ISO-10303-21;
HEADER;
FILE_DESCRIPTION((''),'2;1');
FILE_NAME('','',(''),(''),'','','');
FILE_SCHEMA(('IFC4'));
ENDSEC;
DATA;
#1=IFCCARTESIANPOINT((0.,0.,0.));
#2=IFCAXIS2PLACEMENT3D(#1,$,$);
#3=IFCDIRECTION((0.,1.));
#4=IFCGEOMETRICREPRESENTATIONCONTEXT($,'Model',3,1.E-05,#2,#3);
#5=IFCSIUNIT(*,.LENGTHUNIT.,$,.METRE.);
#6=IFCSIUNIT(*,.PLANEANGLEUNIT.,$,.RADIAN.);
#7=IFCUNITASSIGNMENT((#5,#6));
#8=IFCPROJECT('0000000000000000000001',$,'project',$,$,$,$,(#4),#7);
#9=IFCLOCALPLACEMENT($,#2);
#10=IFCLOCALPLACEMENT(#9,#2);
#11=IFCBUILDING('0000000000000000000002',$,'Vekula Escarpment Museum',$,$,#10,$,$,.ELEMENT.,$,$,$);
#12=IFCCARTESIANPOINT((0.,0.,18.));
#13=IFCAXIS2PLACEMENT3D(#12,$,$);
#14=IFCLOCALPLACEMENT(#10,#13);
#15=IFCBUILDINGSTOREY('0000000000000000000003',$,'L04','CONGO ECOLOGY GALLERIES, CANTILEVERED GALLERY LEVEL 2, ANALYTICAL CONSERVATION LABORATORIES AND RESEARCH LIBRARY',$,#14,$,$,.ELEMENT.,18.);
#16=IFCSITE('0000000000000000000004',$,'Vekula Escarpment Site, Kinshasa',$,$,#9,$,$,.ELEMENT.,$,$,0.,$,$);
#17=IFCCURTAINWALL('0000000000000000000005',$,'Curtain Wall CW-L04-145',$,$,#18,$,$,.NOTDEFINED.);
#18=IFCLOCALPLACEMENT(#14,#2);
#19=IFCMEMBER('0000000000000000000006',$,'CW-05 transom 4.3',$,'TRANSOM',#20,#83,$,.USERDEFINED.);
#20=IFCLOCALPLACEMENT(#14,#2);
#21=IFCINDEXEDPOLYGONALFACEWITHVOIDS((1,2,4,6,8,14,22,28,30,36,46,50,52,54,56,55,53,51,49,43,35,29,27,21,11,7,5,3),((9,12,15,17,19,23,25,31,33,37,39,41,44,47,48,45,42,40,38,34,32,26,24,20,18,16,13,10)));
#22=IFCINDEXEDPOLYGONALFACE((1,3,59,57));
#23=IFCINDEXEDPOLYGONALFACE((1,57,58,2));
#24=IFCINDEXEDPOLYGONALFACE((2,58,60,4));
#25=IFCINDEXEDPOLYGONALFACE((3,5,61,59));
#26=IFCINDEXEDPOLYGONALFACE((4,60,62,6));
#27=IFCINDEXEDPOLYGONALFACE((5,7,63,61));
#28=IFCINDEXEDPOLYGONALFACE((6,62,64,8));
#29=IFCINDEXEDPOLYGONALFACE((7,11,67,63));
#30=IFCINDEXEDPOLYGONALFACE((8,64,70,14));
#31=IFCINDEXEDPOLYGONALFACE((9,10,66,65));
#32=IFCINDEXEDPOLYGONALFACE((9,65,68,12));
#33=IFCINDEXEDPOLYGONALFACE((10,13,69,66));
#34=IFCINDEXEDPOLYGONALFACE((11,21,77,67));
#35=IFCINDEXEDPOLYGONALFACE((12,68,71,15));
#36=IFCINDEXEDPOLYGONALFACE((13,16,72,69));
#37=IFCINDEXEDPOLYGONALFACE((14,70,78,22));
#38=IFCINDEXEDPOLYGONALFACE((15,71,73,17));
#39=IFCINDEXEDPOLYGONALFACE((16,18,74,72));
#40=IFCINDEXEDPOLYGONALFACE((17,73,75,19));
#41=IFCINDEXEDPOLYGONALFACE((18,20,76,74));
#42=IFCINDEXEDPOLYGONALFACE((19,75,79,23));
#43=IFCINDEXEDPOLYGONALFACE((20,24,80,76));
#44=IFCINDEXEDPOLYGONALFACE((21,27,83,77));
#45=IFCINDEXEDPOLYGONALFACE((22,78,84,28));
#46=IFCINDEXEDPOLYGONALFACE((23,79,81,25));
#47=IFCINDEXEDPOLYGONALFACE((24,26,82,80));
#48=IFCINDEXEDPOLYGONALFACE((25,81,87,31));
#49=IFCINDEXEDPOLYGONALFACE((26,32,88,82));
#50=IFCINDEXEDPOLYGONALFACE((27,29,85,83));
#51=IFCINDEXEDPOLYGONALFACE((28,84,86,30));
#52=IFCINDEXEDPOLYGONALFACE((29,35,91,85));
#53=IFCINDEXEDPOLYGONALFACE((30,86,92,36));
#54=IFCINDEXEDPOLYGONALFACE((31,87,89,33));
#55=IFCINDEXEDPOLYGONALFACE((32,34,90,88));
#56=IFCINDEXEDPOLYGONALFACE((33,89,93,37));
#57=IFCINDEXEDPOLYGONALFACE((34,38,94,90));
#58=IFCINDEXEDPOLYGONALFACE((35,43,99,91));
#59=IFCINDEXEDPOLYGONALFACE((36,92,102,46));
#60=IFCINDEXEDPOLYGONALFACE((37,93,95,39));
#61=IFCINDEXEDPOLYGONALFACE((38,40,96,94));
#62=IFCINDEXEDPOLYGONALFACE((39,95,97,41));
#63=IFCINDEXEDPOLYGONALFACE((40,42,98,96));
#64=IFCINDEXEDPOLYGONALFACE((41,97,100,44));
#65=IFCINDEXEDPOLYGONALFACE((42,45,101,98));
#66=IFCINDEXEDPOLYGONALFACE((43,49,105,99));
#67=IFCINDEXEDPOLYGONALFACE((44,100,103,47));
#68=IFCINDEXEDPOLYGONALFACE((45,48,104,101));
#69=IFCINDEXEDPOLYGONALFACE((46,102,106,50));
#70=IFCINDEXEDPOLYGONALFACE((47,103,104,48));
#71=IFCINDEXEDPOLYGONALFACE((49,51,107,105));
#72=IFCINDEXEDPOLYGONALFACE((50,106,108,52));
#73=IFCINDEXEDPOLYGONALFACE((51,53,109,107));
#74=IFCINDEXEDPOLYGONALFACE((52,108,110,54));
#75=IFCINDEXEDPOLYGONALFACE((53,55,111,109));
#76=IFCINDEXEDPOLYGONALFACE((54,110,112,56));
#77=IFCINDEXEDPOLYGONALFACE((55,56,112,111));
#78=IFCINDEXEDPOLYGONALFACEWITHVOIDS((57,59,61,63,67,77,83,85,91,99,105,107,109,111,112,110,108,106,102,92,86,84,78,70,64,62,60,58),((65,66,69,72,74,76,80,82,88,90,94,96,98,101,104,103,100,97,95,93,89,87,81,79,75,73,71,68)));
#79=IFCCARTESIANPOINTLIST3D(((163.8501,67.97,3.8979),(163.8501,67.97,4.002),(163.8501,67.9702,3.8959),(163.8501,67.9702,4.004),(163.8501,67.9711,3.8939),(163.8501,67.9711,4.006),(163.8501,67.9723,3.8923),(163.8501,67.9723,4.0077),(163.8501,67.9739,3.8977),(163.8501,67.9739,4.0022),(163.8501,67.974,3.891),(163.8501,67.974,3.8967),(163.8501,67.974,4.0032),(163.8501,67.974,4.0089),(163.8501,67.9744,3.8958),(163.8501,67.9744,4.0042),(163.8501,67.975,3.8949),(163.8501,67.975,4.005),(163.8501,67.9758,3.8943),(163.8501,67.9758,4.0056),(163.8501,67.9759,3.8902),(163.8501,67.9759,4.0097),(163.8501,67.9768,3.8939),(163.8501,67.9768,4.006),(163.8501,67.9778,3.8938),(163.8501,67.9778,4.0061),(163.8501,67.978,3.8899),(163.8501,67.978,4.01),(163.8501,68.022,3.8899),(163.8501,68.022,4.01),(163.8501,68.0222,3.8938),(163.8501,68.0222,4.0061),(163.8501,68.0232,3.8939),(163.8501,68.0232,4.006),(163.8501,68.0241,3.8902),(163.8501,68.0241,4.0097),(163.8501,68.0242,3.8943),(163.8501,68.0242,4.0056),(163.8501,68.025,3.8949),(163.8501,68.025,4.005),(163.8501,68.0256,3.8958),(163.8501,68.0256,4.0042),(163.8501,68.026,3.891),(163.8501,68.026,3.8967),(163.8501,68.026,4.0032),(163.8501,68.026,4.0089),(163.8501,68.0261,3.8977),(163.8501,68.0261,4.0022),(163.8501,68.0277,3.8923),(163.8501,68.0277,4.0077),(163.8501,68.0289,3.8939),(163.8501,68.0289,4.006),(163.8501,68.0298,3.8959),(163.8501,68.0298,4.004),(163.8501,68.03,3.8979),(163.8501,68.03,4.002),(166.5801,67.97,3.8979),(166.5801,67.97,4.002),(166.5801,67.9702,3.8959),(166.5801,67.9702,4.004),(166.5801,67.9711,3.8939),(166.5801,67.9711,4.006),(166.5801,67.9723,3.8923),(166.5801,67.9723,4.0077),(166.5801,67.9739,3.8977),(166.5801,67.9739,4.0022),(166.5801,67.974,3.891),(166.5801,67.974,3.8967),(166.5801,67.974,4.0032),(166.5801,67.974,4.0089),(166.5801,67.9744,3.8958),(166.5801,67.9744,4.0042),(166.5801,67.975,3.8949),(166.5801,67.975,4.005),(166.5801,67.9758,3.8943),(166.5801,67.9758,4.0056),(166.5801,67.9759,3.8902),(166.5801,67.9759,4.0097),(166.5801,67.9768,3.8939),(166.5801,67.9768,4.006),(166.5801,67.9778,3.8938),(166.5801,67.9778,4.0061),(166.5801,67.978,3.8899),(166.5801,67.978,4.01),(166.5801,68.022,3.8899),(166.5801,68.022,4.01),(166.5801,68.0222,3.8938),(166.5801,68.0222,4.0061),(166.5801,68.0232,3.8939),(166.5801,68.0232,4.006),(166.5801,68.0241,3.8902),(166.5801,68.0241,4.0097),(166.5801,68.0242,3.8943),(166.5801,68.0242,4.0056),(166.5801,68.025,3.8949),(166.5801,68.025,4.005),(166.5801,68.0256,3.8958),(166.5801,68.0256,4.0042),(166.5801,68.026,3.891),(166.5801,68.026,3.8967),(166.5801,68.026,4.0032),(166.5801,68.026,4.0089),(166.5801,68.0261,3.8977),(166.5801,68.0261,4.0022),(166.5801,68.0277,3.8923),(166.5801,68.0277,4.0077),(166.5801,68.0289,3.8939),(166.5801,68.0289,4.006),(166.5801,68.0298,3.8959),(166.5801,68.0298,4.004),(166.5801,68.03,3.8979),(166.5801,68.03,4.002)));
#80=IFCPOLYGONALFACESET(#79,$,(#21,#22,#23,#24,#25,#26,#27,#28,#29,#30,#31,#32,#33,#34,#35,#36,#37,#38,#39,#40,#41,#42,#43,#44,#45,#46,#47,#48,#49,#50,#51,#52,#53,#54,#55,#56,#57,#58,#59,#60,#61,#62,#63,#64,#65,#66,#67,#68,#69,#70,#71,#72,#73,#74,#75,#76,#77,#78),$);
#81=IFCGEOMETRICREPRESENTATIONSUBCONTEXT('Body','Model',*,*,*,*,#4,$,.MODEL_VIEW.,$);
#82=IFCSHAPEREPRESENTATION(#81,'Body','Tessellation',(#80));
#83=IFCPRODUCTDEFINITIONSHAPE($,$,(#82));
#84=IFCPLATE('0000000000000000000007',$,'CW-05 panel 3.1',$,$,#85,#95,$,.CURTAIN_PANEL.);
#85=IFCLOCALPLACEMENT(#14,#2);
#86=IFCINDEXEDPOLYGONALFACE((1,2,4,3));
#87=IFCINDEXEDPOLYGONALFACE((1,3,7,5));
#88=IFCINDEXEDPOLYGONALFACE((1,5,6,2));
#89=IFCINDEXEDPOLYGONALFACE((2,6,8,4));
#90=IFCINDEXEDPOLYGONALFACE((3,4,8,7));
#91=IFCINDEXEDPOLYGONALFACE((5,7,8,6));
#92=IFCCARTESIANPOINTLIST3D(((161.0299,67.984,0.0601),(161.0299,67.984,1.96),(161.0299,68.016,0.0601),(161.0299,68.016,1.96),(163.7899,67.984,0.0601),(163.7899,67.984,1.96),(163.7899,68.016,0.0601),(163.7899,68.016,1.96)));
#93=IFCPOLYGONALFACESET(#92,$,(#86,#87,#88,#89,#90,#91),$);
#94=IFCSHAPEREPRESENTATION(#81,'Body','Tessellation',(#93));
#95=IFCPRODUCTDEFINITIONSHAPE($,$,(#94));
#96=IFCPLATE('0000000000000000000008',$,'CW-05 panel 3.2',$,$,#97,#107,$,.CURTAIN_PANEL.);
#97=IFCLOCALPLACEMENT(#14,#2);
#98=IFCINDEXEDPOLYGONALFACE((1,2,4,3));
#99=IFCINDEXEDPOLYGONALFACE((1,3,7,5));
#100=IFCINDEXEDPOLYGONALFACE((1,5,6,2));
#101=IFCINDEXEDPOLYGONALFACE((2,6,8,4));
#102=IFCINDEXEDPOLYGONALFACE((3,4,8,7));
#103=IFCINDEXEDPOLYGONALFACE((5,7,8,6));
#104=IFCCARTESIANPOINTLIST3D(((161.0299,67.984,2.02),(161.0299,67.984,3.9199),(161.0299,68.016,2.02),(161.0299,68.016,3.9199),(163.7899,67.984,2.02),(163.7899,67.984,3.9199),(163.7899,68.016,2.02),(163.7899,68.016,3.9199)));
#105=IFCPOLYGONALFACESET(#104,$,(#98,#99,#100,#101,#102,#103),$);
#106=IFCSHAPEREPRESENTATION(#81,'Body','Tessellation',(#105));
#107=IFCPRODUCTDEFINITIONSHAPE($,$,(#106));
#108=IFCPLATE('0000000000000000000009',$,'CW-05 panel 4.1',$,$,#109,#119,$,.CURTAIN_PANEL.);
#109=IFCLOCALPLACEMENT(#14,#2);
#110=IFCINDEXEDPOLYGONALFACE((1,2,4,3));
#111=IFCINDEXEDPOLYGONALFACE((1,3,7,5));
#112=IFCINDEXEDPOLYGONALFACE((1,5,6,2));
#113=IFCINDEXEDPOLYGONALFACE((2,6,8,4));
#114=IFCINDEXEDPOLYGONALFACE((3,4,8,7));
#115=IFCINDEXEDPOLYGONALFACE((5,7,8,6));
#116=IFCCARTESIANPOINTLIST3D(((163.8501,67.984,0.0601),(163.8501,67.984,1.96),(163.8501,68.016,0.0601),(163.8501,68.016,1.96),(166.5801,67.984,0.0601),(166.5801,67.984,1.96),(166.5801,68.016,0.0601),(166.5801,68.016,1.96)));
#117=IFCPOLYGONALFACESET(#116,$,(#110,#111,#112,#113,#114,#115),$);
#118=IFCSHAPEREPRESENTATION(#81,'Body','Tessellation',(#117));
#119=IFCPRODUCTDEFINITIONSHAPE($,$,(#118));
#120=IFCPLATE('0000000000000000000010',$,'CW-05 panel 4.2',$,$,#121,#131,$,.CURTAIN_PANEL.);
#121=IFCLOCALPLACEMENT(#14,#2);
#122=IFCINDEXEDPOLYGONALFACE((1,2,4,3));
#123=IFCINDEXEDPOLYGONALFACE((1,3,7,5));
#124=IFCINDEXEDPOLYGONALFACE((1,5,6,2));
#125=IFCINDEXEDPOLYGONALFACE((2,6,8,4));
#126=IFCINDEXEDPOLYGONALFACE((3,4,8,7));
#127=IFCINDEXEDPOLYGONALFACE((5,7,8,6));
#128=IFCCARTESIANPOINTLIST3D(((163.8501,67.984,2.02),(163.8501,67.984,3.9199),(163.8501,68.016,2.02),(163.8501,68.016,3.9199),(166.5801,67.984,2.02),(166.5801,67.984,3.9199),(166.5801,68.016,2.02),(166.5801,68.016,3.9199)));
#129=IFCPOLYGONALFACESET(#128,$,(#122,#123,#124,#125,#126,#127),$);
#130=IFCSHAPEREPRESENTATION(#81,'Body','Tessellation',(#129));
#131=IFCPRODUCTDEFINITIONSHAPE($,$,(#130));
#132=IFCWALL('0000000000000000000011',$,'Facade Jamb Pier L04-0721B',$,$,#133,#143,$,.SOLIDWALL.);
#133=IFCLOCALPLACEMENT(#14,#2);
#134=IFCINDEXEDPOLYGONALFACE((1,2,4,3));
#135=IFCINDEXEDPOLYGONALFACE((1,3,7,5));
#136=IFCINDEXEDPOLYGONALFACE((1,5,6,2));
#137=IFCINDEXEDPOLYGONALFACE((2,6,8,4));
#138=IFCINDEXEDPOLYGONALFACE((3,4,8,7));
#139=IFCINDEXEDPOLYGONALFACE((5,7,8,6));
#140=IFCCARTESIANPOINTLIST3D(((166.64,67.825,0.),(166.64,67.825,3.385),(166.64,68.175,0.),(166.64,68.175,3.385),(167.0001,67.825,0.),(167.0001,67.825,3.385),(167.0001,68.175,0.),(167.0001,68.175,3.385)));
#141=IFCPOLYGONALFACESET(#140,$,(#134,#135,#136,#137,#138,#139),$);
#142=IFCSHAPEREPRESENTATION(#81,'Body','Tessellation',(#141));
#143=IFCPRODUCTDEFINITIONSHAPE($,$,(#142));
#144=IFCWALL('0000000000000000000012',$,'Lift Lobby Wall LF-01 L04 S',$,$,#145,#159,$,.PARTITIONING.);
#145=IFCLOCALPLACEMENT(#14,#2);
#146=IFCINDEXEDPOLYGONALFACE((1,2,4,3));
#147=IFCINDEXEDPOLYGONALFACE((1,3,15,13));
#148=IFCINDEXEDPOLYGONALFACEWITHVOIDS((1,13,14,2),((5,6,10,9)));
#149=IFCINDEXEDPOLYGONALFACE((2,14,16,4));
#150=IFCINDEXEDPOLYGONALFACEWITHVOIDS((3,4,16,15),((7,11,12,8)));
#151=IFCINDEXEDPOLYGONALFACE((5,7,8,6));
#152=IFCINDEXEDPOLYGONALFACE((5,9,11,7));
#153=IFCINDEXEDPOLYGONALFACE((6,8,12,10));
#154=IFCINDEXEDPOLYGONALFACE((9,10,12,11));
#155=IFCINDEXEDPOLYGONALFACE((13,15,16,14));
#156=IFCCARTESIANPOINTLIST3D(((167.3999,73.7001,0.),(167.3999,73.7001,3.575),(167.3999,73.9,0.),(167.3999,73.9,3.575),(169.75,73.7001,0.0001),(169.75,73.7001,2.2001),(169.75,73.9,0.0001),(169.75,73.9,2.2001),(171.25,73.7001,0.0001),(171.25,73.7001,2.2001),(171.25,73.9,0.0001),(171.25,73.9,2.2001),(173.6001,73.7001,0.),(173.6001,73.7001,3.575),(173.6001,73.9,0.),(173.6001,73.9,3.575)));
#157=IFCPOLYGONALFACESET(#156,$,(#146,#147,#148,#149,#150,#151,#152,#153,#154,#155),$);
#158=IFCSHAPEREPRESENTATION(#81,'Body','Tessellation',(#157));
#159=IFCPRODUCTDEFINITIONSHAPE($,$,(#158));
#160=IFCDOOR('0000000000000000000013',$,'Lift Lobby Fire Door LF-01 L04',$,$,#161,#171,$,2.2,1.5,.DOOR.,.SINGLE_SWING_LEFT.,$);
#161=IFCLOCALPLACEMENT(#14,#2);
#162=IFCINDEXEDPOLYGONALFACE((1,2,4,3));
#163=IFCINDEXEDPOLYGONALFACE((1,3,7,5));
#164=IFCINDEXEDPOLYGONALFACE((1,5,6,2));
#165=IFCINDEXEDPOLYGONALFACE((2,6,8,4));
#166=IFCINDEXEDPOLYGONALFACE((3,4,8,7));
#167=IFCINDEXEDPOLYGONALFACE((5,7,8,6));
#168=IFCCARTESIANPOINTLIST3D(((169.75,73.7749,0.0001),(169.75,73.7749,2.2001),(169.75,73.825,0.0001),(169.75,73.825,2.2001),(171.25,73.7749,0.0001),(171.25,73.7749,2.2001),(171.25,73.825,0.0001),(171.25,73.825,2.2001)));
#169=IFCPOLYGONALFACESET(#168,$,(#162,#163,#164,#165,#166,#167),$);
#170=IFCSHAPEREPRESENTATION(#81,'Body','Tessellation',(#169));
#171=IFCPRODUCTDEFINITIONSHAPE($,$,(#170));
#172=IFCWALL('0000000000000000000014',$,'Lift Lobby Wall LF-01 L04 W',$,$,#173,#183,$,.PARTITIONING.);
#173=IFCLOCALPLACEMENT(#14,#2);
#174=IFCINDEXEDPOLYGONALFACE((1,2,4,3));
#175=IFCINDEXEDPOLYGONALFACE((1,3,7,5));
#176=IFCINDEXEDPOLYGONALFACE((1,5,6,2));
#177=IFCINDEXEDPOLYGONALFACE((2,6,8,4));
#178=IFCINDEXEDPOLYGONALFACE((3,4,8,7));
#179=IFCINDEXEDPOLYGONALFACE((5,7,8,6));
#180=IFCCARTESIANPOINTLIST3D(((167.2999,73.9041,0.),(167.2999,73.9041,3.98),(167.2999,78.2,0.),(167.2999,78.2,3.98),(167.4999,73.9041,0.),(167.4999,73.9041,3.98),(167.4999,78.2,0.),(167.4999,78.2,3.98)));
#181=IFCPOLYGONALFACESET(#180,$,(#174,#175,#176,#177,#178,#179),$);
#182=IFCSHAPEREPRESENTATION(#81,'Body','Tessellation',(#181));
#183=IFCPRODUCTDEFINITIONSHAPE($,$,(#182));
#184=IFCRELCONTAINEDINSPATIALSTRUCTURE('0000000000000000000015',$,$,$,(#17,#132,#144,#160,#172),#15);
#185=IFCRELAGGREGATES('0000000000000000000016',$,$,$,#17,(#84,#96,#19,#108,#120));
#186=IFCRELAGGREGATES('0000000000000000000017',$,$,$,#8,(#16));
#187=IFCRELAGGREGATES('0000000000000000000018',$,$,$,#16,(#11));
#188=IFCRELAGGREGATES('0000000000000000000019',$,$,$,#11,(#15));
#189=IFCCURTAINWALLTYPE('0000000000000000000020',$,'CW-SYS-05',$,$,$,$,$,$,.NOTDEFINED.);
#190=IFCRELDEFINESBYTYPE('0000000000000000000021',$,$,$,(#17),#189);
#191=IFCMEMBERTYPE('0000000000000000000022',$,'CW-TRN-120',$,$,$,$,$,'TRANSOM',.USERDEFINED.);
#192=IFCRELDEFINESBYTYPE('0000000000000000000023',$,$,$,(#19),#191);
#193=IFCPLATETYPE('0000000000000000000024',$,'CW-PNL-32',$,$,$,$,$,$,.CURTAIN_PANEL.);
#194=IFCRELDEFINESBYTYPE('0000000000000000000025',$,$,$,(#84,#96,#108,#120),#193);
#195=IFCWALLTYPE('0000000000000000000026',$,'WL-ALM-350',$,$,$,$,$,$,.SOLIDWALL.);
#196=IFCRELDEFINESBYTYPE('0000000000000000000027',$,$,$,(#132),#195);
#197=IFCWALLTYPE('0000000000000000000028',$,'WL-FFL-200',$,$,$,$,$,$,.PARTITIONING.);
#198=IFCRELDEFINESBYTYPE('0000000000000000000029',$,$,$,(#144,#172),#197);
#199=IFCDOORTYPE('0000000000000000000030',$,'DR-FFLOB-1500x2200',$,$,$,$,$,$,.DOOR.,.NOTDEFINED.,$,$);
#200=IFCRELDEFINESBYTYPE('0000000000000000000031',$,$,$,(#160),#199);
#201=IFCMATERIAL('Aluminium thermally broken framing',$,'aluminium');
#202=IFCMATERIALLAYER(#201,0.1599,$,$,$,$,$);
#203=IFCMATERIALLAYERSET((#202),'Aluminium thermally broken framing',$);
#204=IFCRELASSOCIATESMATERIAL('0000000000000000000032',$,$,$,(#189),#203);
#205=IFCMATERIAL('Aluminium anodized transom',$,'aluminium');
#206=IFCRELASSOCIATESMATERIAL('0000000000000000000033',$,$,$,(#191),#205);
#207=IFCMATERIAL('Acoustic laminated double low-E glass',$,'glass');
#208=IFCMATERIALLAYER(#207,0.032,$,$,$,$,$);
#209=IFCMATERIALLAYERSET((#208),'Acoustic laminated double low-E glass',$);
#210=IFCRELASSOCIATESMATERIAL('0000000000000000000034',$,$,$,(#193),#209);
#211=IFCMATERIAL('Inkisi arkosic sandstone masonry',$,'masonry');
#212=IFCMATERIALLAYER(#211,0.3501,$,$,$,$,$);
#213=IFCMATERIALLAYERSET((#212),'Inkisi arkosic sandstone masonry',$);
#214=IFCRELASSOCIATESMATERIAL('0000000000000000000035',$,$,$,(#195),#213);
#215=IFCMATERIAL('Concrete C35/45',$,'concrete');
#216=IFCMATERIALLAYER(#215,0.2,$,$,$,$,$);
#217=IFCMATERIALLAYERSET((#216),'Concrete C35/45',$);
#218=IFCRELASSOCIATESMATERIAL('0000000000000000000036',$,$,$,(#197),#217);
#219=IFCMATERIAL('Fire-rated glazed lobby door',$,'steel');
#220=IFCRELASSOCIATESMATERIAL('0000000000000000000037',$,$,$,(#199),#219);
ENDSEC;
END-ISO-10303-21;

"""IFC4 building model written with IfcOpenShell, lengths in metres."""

from ifc_helpers import new_model, si_unit, direction, frame, frame_2d, origin, origin_2d, place, context, subcontext, project, spatial, rectangle, hollow_rectangle, extrude, material, layer, layer_set, material_profile, profile_set, type_object, element, fill, aggregate, save


model = new_model("IFC4")

# Units and contexts
model_context = context("Model", 3, precision=1e-05, world=origin(), true_north=direction((0.0, 1.0)))
body_context = subcontext(model_context, "Body", "Model", "MODEL_VIEW")
ifc_project = project(units=[si_unit("LENGTHUNIT", "METRE"), si_unit("PLANEANGLEUNIT", "RADIAN")], contexts=[model_context])

# Site, building, storey
site_placement = place(None, origin())
site = spatial("IfcSite", under=ifc_project, at=site_placement, Name="Vekula Escarpment Site, Kinshasa", CompositionType="ELEMENT", RefElevation=0.0)
building_placement = place(site_placement, origin())
building = spatial("IfcBuilding", under=site, at=building_placement, Name="Vekula Escarpment Museum", CompositionType="ELEMENT")
storey_placement = place(building_placement, frame((0.0, 0.0, 18.0)))
storey = spatial("IfcBuildingStorey", under=building, at=storey_placement, Name="L04", Description="CONGO ECOLOGY GALLERIES, CANTILEVERED GALLERY LEVEL 2, ANALYTICAL CONSERVATION LABORATORIES AND RESEARCH LIBRARY", CompositionType="ELEMENT", Elevation=18.0)

# Curtain wall, member, plates
ifc_material_1 = material(Name="Aluminium thermally broken framing", Category="aluminium")
ifc_layer_1 = layer(ifc_material_1, 0.1599)
ifc_layer_set_1 = layer_set([ifc_layer_1], Name="Aluminium thermally broken framing")
curtain_wall_type = type_object("IfcCurtainWallType", Name="CW-SYS-05", PredefinedType="NOTDEFINED", material=ifc_layer_set_1)
curtain_wall_placement = place(storey_placement, origin())
curtain_wall = element("IfcCurtainWall", 1, at=curtain_wall_placement, inside=storey, type_object=curtain_wall_type, Name="Curtain Wall CW-L04-145", PredefinedType="NOTDEFINED")
ifc_material_2 = material(Name="Aluminium anodized transom", Category="aluminium")
ifc_material_profile_1 = material_profile(ifc_material_2, hollow_rectangle(XDim=0.0601, YDim=0.1201, WallThickness=0.0039, InnerFilletRadius=0.0039, OuterFilletRadius=0.0081, at=origin_2d()), Name="ALU 120x60x4")
ifc_profile_set_1 = profile_set([ifc_material_profile_1], Name="Aluminium anodized transom")
member_type_1 = type_object("IfcMemberType", Name="CW-TRN-120", ElementType="TRANSOM", PredefinedType="USERDEFINED", material=ifc_profile_set_1)
member_1_placement = place(storey_placement, frame((163.8501, 68.0, 3.95), z_axis=(1.0, 0.0, 0.0), x_axis=(0.0, 1.0, 0.0)))
member_1 = element("IfcMember", 2, at=member_1_placement, type_object=member_type_1, Name="CW-05 transom 4.3", ObjectType="TRANSOM", PredefinedType="USERDEFINED", context=body_context, shape_type="SweptSolid", body=[
    extrude(hollow_rectangle(XDim=0.0601, YDim=0.1201, WallThickness=0.0039, InnerFilletRadius=0.0039, OuterFilletRadius=0.0081, at=origin_2d()), origin(), (0.0, 0.0, 1.0), 2.73),
])
ifc_material_3 = material(Name="Acoustic laminated double low-E glass", Category="glass")
ifc_layer_2 = layer(ifc_material_3, 0.032)
ifc_layer_set_2 = layer_set([ifc_layer_2], Name="Acoustic laminated double low-E glass")
plate_type = type_object("IfcPlateType", Name="CW-PNL-32", PredefinedType="CURTAIN_PANEL", material=ifc_layer_set_2)
plate_1_placement = place(storey_placement, frame((162.4099, 68.0, 0.0601), z_axis=(0.0, 0.0, 1.0), x_axis=(1.0, 0.0, 0.0)))
plate_1 = element("IfcPlate", 3, at=plate_1_placement, type_object=plate_type, Name="CW-05 panel 3.1", PredefinedType="CURTAIN_PANEL", context=body_context, shape_type="SweptSolid", body=[
    extrude(rectangle(XDim=2.76, YDim=0.032, at=origin_2d()), origin(), (0.0, 0.0, 1.0), 1.8999),
])
plate_2_placement = place(storey_placement, frame((162.4099, 68.0, 2.02), z_axis=(0.0, 0.0, 1.0), x_axis=(1.0, 0.0, 0.0)))
plate_2 = element("IfcPlate", 4, at=plate_2_placement, type_object=plate_type, Name="CW-05 panel 3.2", PredefinedType="CURTAIN_PANEL", context=body_context, shape_type="SweptSolid", body=[
    extrude(rectangle(XDim=2.76, YDim=0.032, at=origin_2d()), origin(), (0.0, 0.0, 1.0), 1.8999),
])
plate_3_placement = place(storey_placement, frame((165.2151, 68.0, 0.0601), z_axis=(0.0, 0.0, 1.0), x_axis=(1.0, 0.0, 0.0)))
plate_3 = element("IfcPlate", 5, at=plate_3_placement, type_object=plate_type, Name="CW-05 panel 4.1", PredefinedType="CURTAIN_PANEL", context=body_context, shape_type="SweptSolid", body=[
    extrude(rectangle(XDim=2.73, YDim=0.032, at=origin_2d()), origin(), (0.0, 0.0, 1.0), 1.8999),
])
plate_4_placement = place(storey_placement, frame((165.2151, 68.0, 2.02), z_axis=(0.0, 0.0, 1.0), x_axis=(1.0, 0.0, 0.0)))
plate_4 = element("IfcPlate", 6, at=plate_4_placement, type_object=plate_type, Name="CW-05 panel 4.2", PredefinedType="CURTAIN_PANEL", context=body_context, shape_type="SweptSolid", body=[
    extrude(rectangle(XDim=2.73, YDim=0.032, at=origin_2d()), origin(), (0.0, 0.0, 1.0), 1.8999),
])
aggregate(curtain_wall, [plate_1, plate_2, member_1, plate_3, plate_4])

# Wall
ifc_material_4 = material(Name="Inkisi arkosic sandstone masonry", Category="masonry")
ifc_layer_3 = layer(ifc_material_4, 0.3501)
ifc_layer_set_3 = layer_set([ifc_layer_3], Name="Inkisi arkosic sandstone masonry")
wall_type_1 = type_object("IfcWallType", Name="WL-ALM-350", PredefinedType="SOLIDWALL", material=ifc_layer_set_3)
wall_1_placement = place(storey_placement, frame((166.6399, 68.0, 0.0), z_axis=(0.0, 0.0, 1.0), x_axis=(1.0, 0.0, 0.0)))
element("IfcWall", 7, at=wall_1_placement, inside=storey, type_object=wall_type_1, Name="Facade Jamb Pier L04-0721B", PredefinedType="SOLIDWALL", context=body_context, shape_type="SweptSolid", body=[
    extrude(rectangle(XDim=0.3601, YDim=0.3501, at=frame_2d((0.1802, 0.0))), origin(), (0.0, 0.0, 1.0), 3.385),
])

# Wall, opening, door
ifc_material_5 = material(Name="Concrete C35/45", Category="concrete")
ifc_layer_4 = layer(ifc_material_5, 0.2)
ifc_layer_set_4 = layer_set([ifc_layer_4], Name="Concrete C35/45")
wall_type_2 = type_object("IfcWallType", Name="WL-FFL-200", PredefinedType="PARTITIONING", material=ifc_layer_set_4)
wall_2_placement = place(storey_placement, frame((167.3999, 73.8, 0.0), z_axis=(0.0, 0.0, 1.0), x_axis=(1.0, 0.0, 0.0)))
wall_2 = element("IfcWall", 8, at=wall_2_placement, inside=storey, type_object=wall_type_2, Name="Lift Lobby Wall LF-01 L04 S", PredefinedType="PARTITIONING", context=body_context, shape_type="SweptSolid", body=[
    extrude(rectangle(XDim=6.2002, YDim=0.2, at=frame_2d((3.1001, 0.0))), origin(), (0.0, 0.0, 1.0), 3.575),
])
opening_1_placement = place(wall_2_placement, frame((2.3501, 0.0, 0.0)))
opening_1 = element("IfcOpeningElement", 9, at=opening_1_placement, cuts=wall_2, PredefinedType="OPENING", context=body_context, shape_type="SweptSolid", body=[
    extrude(rectangle(XDim=1.5, YDim=2.2, at=frame_2d((0.75, 1.1001))), frame((0.0, 0.1099, 0.0), z_axis=(0.0, -1.0, 0.0), x_axis=(1.0, 0.0, 0.0)), (0.0, 0.0, 1.0), 0.22),
])
ifc_material_6 = material(Name="Fire-rated glazed lobby door", Category="steel")
door_type_1 = type_object("IfcDoorType", Name="DR-FFLOB-1500x2200", OperationType="NOTDEFINED", PredefinedType="DOOR", material=ifc_material_6)
door_1_placement = place(opening_1_placement, origin())
door_1 = element("IfcDoor", 10, at=door_1_placement, inside=storey, type_object=door_type_1, Name="Lift Lobby Fire Door LF-01 L04", OperationType="SINGLE_SWING_LEFT", OverallHeight=2.2, OverallWidth=1.5, PredefinedType="DOOR", context=body_context, shape_type="SweptSolid", body=[
    extrude(rectangle(XDim=1.5, YDim=2.2, at=frame_2d((0.75, 1.1001))), frame((0.0, 0.0249, 0.0), z_axis=(0.0, -1.0, 0.0), x_axis=(1.0, 0.0, 0.0)), (0.0, 0.0, 1.0), 0.05),
])
fill(opening_1, door_1)

# Wall
for number, where, z_axis, x_axis, name in (
    (11, (167.3999, 73.9041, 0.0), (0.0, 0.0, 1.0), (0.0, 1.0, 0.0), "Lift Lobby Wall LF-01 L04 W"),
):
    element("IfcWall", number, at=place(storey_placement, frame(where, z_axis=z_axis, x_axis=x_axis)), inside=storey, type_object=wall_type_2, Name=name, PredefinedType="PARTITIONING", context=body_context, shape_type="SweptSolid", body=[
        extrude(rectangle(XDim=4.2959, YDim=0.2, at=frame_2d((2.1479, 0.0))), origin(), (0.0, 0.0, 1.0), 3.98),
    ])

save(model, "model.ifc")
